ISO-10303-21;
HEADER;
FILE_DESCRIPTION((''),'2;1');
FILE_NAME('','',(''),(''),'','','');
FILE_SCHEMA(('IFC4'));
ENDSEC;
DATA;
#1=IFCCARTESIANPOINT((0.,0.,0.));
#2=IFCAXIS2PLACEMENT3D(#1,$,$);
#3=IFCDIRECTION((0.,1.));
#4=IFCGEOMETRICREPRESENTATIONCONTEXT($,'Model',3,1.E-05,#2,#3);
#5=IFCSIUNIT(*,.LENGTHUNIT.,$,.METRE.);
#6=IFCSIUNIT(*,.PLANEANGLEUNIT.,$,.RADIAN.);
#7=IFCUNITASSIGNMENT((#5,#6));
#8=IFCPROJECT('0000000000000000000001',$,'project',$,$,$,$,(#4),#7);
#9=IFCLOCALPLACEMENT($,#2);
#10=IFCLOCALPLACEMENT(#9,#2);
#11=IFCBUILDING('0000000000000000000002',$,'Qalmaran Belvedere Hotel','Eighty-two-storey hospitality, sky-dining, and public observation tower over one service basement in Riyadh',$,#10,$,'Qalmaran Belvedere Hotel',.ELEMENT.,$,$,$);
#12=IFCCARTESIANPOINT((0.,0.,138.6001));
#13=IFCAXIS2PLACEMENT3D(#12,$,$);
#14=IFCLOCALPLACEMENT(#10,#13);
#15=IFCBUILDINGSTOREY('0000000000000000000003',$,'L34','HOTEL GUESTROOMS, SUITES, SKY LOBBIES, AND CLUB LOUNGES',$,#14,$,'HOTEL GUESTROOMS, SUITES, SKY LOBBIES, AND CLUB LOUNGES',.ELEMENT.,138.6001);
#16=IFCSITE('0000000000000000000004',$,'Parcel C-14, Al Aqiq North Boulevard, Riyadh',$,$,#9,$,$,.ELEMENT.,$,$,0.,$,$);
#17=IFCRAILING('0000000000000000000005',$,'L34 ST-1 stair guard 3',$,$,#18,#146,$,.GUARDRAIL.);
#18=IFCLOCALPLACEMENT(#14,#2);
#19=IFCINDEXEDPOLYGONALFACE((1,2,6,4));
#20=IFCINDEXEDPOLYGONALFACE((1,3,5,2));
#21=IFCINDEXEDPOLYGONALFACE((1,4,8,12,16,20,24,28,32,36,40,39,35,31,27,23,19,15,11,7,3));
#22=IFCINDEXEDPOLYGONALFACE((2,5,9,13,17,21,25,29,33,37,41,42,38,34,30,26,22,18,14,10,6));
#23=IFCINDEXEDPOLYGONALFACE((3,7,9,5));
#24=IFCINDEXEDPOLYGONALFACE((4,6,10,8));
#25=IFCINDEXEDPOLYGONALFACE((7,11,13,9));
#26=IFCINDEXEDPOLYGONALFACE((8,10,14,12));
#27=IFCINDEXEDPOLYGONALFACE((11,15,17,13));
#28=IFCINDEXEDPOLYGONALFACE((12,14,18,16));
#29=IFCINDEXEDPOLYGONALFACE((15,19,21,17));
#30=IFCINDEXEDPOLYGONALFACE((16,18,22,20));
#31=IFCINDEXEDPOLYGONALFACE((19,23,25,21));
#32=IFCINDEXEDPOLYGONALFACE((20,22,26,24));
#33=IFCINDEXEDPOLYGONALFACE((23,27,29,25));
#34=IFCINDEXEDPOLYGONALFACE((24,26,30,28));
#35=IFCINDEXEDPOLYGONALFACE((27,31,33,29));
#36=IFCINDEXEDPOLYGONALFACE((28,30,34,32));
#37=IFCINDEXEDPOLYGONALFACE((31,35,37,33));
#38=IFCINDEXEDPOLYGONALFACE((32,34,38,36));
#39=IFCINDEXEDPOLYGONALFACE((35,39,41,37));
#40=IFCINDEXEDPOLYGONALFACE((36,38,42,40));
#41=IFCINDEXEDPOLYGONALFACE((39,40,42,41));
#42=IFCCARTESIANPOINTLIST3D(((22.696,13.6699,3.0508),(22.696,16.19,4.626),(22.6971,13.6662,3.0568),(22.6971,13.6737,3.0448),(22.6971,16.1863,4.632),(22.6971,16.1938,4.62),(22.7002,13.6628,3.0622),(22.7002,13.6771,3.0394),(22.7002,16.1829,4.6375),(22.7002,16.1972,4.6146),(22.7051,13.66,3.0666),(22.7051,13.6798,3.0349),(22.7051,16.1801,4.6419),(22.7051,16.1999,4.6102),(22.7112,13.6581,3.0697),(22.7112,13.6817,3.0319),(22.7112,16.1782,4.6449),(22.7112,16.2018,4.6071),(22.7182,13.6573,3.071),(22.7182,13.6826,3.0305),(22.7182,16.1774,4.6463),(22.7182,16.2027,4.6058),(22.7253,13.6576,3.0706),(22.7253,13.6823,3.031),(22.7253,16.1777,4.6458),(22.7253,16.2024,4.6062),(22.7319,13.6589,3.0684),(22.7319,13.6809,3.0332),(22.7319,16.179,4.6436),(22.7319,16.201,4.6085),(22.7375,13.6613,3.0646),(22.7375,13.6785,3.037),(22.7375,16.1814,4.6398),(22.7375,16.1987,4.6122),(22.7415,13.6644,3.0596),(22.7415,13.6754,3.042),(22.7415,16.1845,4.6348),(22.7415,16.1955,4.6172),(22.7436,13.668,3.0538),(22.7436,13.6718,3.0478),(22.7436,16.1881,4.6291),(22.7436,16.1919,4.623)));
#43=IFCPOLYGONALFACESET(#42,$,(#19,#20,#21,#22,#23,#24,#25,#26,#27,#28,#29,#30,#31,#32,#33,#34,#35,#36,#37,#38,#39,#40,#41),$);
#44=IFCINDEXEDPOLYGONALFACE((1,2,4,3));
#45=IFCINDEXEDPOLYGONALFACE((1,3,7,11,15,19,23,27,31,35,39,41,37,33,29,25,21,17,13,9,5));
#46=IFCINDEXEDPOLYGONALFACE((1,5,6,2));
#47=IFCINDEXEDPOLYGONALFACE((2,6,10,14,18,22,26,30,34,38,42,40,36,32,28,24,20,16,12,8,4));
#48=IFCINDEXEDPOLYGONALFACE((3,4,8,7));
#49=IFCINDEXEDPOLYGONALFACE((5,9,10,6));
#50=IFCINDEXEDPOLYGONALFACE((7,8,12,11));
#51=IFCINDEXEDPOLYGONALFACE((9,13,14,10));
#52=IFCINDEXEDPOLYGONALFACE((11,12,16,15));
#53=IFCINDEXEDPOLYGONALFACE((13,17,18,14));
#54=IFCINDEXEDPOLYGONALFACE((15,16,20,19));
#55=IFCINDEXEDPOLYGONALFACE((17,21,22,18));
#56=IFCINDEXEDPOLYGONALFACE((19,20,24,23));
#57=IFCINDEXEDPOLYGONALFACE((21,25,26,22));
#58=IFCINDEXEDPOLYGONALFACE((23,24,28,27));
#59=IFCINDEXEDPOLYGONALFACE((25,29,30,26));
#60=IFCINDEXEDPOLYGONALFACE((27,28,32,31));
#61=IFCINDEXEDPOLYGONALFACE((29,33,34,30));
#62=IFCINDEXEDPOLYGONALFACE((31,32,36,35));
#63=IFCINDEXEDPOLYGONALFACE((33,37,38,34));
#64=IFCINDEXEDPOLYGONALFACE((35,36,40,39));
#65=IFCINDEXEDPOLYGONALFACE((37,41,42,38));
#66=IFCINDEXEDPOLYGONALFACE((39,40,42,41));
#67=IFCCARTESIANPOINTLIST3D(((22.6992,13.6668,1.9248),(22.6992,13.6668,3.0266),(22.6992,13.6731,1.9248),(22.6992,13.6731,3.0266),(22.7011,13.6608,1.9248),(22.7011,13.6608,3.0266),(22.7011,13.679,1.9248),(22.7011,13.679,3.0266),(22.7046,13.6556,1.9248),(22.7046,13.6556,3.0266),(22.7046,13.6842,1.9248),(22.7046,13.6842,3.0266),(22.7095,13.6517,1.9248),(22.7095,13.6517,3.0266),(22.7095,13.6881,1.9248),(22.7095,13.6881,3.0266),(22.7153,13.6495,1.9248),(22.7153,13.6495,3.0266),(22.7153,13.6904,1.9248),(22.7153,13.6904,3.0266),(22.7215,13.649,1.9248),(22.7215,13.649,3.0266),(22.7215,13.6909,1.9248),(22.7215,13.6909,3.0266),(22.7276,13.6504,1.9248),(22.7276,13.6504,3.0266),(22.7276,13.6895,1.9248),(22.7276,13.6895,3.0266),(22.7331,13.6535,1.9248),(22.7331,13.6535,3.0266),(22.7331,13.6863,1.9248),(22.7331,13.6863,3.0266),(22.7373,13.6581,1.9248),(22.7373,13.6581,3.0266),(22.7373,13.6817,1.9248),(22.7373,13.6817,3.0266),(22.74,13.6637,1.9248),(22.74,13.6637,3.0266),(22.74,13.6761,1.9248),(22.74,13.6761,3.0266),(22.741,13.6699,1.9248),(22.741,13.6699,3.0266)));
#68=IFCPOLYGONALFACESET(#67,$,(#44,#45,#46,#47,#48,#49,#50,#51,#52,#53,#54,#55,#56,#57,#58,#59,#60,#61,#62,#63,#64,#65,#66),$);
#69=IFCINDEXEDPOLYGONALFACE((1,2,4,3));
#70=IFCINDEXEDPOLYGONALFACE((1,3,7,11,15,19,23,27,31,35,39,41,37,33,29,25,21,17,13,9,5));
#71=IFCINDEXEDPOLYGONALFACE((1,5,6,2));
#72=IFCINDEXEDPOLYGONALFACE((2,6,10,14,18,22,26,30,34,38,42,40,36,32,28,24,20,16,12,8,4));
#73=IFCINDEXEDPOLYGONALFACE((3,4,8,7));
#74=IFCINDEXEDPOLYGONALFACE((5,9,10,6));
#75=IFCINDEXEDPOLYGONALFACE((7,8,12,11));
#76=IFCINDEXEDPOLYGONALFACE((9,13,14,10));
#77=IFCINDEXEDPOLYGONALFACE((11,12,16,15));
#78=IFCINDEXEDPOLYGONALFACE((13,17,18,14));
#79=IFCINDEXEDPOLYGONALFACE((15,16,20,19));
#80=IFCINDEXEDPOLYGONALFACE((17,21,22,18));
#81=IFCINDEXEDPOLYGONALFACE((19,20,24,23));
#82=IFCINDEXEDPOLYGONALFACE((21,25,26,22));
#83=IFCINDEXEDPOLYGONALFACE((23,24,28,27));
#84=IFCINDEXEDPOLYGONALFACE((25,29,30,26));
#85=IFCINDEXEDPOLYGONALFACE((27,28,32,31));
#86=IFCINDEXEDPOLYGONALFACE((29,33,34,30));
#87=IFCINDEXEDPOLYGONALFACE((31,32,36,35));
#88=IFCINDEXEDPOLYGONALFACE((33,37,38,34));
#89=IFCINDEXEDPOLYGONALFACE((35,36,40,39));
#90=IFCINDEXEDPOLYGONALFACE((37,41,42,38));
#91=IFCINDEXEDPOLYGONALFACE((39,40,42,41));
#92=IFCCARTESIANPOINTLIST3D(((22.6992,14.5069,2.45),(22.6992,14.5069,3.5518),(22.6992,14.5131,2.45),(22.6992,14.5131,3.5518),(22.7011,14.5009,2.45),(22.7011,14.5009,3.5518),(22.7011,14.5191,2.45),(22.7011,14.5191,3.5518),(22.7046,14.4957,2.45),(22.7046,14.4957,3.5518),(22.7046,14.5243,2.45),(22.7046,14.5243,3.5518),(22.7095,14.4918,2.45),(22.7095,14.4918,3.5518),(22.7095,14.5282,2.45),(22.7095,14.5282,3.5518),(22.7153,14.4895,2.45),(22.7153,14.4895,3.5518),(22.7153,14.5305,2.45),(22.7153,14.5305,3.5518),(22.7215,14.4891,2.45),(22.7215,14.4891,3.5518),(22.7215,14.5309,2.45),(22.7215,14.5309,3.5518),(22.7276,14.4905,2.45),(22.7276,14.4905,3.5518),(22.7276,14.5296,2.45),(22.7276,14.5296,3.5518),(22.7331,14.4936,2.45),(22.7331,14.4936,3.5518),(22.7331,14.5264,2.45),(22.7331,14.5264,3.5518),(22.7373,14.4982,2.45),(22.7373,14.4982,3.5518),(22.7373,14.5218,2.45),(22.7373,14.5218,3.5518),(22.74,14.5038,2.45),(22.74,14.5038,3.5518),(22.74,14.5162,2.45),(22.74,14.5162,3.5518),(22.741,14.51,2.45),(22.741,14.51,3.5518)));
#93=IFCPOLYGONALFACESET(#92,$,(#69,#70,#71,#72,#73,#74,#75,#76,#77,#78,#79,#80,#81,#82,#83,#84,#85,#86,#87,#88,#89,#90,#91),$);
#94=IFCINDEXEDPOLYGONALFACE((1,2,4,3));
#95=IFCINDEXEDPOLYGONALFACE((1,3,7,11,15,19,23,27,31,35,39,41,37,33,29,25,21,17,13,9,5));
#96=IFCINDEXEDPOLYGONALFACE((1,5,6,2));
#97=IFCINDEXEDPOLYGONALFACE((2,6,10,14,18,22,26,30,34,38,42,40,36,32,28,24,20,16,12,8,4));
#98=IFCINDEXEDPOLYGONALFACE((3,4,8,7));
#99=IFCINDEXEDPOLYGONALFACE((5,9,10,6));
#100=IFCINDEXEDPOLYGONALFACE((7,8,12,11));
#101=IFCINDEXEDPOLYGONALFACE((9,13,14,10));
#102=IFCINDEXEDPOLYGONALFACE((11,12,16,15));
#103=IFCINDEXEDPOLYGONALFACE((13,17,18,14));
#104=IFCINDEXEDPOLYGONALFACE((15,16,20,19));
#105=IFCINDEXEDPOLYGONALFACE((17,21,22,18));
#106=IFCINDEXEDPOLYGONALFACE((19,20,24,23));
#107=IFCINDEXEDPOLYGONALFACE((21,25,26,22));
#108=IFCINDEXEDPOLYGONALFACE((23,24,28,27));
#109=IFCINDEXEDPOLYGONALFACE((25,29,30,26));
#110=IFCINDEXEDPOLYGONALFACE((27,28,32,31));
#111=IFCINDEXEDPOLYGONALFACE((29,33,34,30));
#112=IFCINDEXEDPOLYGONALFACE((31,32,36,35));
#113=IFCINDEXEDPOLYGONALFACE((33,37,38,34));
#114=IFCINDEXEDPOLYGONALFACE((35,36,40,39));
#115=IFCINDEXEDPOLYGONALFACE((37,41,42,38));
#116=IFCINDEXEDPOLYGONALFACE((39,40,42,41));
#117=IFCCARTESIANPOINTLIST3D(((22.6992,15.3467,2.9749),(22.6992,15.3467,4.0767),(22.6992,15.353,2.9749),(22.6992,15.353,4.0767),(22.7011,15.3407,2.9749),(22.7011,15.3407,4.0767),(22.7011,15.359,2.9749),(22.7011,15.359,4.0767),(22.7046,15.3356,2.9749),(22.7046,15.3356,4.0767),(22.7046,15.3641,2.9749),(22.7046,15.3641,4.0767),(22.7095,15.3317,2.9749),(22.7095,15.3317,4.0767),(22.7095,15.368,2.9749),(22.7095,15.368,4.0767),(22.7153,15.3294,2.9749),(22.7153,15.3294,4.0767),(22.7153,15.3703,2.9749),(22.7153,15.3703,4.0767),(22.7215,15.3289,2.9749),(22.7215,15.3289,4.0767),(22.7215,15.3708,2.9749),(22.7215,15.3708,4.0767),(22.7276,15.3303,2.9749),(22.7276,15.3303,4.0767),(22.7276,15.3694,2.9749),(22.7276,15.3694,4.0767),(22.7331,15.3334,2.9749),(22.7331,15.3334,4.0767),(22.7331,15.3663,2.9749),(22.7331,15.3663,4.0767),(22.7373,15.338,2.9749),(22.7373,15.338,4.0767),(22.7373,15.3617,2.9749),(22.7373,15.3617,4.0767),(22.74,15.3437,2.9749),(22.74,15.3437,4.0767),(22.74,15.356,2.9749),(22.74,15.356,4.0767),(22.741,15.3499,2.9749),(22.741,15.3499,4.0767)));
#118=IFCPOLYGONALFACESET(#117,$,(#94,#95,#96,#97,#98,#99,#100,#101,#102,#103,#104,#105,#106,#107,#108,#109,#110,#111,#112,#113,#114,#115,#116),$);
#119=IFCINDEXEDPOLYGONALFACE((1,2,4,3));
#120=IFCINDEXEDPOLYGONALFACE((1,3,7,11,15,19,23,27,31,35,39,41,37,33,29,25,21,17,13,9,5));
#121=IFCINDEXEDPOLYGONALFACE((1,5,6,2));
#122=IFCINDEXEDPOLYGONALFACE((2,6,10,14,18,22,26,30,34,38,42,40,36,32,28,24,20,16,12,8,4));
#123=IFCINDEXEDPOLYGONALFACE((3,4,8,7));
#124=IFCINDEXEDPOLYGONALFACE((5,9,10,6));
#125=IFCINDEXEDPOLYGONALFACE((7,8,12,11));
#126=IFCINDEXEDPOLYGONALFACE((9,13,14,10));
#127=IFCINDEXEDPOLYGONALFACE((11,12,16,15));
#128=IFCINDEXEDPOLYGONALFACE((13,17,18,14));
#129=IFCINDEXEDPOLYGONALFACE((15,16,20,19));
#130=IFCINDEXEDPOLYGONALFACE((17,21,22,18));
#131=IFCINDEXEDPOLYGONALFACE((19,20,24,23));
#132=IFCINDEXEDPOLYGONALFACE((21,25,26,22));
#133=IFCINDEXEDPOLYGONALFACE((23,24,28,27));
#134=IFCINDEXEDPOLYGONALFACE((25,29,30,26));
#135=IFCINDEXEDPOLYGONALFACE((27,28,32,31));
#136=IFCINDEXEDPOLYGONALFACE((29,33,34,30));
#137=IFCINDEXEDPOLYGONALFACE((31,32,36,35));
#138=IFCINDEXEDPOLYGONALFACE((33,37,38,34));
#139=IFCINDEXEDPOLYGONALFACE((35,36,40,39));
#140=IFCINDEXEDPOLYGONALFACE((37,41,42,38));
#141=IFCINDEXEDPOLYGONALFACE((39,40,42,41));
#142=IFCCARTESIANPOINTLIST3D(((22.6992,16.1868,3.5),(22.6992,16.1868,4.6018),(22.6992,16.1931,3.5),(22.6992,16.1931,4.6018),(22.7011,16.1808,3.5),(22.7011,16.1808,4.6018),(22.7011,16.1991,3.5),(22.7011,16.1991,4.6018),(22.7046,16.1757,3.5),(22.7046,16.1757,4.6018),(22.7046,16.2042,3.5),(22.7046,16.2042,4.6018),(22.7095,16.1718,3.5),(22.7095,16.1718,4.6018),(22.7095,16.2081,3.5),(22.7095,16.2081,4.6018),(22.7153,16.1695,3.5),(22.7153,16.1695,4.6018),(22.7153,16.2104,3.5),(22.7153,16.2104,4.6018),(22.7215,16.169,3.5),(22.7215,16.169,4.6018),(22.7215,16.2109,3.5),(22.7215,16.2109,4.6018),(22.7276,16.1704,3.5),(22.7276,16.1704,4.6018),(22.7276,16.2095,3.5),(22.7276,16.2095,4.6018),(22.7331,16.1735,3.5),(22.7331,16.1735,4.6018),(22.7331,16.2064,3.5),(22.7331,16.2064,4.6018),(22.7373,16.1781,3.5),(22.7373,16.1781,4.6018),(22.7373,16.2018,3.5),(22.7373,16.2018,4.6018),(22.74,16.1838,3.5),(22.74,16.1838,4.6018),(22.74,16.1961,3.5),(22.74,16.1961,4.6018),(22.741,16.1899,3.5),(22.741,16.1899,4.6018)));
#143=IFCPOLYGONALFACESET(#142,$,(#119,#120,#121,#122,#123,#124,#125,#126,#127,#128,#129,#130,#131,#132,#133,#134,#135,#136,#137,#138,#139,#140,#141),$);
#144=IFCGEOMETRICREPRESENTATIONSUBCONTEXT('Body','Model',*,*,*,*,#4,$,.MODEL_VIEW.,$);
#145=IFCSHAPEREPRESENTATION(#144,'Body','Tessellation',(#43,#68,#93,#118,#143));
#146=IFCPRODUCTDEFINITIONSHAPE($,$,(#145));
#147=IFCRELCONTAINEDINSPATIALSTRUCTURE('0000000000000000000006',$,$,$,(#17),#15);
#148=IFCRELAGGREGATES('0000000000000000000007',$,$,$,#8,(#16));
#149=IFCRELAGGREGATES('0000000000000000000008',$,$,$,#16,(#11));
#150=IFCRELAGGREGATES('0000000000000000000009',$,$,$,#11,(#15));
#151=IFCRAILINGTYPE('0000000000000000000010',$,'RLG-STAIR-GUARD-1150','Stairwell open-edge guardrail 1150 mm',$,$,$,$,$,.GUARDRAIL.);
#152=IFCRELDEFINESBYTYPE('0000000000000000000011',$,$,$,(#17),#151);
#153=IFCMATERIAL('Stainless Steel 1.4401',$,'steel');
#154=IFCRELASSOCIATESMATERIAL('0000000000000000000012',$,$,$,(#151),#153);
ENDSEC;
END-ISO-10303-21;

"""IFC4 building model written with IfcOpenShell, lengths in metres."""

from ifc_helpers import new_model, si_unit, direction, frame, origin, origin_2d, place, context, subcontext, project, spatial, circle, extrude, material, type_object, element, save


model = new_model("IFC4")

# Units and contexts
model_context = context("Model", 3, precision=1e-05, world=origin(), true_north=direction((0.0, 1.0)))
body_context = subcontext(model_context, "Body", "Model", "MODEL_VIEW")
ifc_project = project(units=[si_unit("LENGTHUNIT", "METRE"), si_unit("PLANEANGLEUNIT", "RADIAN")], contexts=[model_context])

# Site, building, storey
site_placement = place(None, origin())
site = spatial("IfcSite", under=ifc_project, at=site_placement, Name="Parcel C-14, Al Aqiq North Boulevard, Riyadh", CompositionType="ELEMENT", RefElevation=0.0)
building_placement = place(site_placement, origin())
building = spatial("IfcBuilding", under=site, at=building_placement, Name="Qalmaran Belvedere Hotel", Description="Eighty-two-storey hospitality, sky-dining, and public observation tower over one service basement in Riyadh", LongName="Qalmaran Belvedere Hotel", CompositionType="ELEMENT")
storey_placement = place(building_placement, frame((0.0, 0.0, 138.6001)))
storey = spatial("IfcBuildingStorey", under=building, at=storey_placement, Name="L34", Description="HOTEL GUESTROOMS, SUITES, SKY LOBBIES, AND CLUB LOUNGES", LongName="HOTEL GUESTROOMS, SUITES, SKY LOBBIES, AND CLUB LOUNGES", CompositionType="ELEMENT", Elevation=138.6001)

# Shared definitions
ifc_material_1 = material(Name="Stainless Steel 1.4401", Category="steel")

# Railing
railing_type_1 = type_object("IfcRailingType", Name="RLG-STAIR-GUARD-1150", Description="Stairwell open-edge guardrail 1150 mm", PredefinedType="GUARDRAIL", material=ifc_material_1)
railing_1_placement = place(storey_placement, frame((22.72, 13.6699, 1.9248)))
element("IfcRailing", 1, at=railing_1_placement, inside=storey, type_object=railing_type_1, Name="L34 ST-1 stair guard 3", PredefinedType="GUARDRAIL", context=body_context, shape_type="SweptSolid", body=[
    extrude(circle(Radius=0.0239, at=origin_2d()), frame((0.0, 0.0, 1.126), z_axis=(0.0, 0.847971, 0.530043), x_axis=(-1.0, 0.0, 0.0)), (0.0, 0.0, 1.0), 2.9719),
    extrude(circle(Radius=0.021, at=origin_2d()), origin(), (0.0, 0.0, 1.0), 1.1018),
    extrude(circle(Radius=0.021, at=origin_2d()), frame((0.0, 0.8401, 0.5251)), (0.0, 0.0, 1.0), 1.1018),
    extrude(circle(Radius=0.021, at=origin_2d()), frame((0.0, 1.6799, 1.05)), (0.0, 0.0, 1.0), 1.1018),
    extrude(circle(Radius=0.021, at=origin_2d()), frame((0.0, 2.52, 1.5752)), (0.0, 0.0, 1.0), 1.1018),
])

save(model, "model.ifc")
